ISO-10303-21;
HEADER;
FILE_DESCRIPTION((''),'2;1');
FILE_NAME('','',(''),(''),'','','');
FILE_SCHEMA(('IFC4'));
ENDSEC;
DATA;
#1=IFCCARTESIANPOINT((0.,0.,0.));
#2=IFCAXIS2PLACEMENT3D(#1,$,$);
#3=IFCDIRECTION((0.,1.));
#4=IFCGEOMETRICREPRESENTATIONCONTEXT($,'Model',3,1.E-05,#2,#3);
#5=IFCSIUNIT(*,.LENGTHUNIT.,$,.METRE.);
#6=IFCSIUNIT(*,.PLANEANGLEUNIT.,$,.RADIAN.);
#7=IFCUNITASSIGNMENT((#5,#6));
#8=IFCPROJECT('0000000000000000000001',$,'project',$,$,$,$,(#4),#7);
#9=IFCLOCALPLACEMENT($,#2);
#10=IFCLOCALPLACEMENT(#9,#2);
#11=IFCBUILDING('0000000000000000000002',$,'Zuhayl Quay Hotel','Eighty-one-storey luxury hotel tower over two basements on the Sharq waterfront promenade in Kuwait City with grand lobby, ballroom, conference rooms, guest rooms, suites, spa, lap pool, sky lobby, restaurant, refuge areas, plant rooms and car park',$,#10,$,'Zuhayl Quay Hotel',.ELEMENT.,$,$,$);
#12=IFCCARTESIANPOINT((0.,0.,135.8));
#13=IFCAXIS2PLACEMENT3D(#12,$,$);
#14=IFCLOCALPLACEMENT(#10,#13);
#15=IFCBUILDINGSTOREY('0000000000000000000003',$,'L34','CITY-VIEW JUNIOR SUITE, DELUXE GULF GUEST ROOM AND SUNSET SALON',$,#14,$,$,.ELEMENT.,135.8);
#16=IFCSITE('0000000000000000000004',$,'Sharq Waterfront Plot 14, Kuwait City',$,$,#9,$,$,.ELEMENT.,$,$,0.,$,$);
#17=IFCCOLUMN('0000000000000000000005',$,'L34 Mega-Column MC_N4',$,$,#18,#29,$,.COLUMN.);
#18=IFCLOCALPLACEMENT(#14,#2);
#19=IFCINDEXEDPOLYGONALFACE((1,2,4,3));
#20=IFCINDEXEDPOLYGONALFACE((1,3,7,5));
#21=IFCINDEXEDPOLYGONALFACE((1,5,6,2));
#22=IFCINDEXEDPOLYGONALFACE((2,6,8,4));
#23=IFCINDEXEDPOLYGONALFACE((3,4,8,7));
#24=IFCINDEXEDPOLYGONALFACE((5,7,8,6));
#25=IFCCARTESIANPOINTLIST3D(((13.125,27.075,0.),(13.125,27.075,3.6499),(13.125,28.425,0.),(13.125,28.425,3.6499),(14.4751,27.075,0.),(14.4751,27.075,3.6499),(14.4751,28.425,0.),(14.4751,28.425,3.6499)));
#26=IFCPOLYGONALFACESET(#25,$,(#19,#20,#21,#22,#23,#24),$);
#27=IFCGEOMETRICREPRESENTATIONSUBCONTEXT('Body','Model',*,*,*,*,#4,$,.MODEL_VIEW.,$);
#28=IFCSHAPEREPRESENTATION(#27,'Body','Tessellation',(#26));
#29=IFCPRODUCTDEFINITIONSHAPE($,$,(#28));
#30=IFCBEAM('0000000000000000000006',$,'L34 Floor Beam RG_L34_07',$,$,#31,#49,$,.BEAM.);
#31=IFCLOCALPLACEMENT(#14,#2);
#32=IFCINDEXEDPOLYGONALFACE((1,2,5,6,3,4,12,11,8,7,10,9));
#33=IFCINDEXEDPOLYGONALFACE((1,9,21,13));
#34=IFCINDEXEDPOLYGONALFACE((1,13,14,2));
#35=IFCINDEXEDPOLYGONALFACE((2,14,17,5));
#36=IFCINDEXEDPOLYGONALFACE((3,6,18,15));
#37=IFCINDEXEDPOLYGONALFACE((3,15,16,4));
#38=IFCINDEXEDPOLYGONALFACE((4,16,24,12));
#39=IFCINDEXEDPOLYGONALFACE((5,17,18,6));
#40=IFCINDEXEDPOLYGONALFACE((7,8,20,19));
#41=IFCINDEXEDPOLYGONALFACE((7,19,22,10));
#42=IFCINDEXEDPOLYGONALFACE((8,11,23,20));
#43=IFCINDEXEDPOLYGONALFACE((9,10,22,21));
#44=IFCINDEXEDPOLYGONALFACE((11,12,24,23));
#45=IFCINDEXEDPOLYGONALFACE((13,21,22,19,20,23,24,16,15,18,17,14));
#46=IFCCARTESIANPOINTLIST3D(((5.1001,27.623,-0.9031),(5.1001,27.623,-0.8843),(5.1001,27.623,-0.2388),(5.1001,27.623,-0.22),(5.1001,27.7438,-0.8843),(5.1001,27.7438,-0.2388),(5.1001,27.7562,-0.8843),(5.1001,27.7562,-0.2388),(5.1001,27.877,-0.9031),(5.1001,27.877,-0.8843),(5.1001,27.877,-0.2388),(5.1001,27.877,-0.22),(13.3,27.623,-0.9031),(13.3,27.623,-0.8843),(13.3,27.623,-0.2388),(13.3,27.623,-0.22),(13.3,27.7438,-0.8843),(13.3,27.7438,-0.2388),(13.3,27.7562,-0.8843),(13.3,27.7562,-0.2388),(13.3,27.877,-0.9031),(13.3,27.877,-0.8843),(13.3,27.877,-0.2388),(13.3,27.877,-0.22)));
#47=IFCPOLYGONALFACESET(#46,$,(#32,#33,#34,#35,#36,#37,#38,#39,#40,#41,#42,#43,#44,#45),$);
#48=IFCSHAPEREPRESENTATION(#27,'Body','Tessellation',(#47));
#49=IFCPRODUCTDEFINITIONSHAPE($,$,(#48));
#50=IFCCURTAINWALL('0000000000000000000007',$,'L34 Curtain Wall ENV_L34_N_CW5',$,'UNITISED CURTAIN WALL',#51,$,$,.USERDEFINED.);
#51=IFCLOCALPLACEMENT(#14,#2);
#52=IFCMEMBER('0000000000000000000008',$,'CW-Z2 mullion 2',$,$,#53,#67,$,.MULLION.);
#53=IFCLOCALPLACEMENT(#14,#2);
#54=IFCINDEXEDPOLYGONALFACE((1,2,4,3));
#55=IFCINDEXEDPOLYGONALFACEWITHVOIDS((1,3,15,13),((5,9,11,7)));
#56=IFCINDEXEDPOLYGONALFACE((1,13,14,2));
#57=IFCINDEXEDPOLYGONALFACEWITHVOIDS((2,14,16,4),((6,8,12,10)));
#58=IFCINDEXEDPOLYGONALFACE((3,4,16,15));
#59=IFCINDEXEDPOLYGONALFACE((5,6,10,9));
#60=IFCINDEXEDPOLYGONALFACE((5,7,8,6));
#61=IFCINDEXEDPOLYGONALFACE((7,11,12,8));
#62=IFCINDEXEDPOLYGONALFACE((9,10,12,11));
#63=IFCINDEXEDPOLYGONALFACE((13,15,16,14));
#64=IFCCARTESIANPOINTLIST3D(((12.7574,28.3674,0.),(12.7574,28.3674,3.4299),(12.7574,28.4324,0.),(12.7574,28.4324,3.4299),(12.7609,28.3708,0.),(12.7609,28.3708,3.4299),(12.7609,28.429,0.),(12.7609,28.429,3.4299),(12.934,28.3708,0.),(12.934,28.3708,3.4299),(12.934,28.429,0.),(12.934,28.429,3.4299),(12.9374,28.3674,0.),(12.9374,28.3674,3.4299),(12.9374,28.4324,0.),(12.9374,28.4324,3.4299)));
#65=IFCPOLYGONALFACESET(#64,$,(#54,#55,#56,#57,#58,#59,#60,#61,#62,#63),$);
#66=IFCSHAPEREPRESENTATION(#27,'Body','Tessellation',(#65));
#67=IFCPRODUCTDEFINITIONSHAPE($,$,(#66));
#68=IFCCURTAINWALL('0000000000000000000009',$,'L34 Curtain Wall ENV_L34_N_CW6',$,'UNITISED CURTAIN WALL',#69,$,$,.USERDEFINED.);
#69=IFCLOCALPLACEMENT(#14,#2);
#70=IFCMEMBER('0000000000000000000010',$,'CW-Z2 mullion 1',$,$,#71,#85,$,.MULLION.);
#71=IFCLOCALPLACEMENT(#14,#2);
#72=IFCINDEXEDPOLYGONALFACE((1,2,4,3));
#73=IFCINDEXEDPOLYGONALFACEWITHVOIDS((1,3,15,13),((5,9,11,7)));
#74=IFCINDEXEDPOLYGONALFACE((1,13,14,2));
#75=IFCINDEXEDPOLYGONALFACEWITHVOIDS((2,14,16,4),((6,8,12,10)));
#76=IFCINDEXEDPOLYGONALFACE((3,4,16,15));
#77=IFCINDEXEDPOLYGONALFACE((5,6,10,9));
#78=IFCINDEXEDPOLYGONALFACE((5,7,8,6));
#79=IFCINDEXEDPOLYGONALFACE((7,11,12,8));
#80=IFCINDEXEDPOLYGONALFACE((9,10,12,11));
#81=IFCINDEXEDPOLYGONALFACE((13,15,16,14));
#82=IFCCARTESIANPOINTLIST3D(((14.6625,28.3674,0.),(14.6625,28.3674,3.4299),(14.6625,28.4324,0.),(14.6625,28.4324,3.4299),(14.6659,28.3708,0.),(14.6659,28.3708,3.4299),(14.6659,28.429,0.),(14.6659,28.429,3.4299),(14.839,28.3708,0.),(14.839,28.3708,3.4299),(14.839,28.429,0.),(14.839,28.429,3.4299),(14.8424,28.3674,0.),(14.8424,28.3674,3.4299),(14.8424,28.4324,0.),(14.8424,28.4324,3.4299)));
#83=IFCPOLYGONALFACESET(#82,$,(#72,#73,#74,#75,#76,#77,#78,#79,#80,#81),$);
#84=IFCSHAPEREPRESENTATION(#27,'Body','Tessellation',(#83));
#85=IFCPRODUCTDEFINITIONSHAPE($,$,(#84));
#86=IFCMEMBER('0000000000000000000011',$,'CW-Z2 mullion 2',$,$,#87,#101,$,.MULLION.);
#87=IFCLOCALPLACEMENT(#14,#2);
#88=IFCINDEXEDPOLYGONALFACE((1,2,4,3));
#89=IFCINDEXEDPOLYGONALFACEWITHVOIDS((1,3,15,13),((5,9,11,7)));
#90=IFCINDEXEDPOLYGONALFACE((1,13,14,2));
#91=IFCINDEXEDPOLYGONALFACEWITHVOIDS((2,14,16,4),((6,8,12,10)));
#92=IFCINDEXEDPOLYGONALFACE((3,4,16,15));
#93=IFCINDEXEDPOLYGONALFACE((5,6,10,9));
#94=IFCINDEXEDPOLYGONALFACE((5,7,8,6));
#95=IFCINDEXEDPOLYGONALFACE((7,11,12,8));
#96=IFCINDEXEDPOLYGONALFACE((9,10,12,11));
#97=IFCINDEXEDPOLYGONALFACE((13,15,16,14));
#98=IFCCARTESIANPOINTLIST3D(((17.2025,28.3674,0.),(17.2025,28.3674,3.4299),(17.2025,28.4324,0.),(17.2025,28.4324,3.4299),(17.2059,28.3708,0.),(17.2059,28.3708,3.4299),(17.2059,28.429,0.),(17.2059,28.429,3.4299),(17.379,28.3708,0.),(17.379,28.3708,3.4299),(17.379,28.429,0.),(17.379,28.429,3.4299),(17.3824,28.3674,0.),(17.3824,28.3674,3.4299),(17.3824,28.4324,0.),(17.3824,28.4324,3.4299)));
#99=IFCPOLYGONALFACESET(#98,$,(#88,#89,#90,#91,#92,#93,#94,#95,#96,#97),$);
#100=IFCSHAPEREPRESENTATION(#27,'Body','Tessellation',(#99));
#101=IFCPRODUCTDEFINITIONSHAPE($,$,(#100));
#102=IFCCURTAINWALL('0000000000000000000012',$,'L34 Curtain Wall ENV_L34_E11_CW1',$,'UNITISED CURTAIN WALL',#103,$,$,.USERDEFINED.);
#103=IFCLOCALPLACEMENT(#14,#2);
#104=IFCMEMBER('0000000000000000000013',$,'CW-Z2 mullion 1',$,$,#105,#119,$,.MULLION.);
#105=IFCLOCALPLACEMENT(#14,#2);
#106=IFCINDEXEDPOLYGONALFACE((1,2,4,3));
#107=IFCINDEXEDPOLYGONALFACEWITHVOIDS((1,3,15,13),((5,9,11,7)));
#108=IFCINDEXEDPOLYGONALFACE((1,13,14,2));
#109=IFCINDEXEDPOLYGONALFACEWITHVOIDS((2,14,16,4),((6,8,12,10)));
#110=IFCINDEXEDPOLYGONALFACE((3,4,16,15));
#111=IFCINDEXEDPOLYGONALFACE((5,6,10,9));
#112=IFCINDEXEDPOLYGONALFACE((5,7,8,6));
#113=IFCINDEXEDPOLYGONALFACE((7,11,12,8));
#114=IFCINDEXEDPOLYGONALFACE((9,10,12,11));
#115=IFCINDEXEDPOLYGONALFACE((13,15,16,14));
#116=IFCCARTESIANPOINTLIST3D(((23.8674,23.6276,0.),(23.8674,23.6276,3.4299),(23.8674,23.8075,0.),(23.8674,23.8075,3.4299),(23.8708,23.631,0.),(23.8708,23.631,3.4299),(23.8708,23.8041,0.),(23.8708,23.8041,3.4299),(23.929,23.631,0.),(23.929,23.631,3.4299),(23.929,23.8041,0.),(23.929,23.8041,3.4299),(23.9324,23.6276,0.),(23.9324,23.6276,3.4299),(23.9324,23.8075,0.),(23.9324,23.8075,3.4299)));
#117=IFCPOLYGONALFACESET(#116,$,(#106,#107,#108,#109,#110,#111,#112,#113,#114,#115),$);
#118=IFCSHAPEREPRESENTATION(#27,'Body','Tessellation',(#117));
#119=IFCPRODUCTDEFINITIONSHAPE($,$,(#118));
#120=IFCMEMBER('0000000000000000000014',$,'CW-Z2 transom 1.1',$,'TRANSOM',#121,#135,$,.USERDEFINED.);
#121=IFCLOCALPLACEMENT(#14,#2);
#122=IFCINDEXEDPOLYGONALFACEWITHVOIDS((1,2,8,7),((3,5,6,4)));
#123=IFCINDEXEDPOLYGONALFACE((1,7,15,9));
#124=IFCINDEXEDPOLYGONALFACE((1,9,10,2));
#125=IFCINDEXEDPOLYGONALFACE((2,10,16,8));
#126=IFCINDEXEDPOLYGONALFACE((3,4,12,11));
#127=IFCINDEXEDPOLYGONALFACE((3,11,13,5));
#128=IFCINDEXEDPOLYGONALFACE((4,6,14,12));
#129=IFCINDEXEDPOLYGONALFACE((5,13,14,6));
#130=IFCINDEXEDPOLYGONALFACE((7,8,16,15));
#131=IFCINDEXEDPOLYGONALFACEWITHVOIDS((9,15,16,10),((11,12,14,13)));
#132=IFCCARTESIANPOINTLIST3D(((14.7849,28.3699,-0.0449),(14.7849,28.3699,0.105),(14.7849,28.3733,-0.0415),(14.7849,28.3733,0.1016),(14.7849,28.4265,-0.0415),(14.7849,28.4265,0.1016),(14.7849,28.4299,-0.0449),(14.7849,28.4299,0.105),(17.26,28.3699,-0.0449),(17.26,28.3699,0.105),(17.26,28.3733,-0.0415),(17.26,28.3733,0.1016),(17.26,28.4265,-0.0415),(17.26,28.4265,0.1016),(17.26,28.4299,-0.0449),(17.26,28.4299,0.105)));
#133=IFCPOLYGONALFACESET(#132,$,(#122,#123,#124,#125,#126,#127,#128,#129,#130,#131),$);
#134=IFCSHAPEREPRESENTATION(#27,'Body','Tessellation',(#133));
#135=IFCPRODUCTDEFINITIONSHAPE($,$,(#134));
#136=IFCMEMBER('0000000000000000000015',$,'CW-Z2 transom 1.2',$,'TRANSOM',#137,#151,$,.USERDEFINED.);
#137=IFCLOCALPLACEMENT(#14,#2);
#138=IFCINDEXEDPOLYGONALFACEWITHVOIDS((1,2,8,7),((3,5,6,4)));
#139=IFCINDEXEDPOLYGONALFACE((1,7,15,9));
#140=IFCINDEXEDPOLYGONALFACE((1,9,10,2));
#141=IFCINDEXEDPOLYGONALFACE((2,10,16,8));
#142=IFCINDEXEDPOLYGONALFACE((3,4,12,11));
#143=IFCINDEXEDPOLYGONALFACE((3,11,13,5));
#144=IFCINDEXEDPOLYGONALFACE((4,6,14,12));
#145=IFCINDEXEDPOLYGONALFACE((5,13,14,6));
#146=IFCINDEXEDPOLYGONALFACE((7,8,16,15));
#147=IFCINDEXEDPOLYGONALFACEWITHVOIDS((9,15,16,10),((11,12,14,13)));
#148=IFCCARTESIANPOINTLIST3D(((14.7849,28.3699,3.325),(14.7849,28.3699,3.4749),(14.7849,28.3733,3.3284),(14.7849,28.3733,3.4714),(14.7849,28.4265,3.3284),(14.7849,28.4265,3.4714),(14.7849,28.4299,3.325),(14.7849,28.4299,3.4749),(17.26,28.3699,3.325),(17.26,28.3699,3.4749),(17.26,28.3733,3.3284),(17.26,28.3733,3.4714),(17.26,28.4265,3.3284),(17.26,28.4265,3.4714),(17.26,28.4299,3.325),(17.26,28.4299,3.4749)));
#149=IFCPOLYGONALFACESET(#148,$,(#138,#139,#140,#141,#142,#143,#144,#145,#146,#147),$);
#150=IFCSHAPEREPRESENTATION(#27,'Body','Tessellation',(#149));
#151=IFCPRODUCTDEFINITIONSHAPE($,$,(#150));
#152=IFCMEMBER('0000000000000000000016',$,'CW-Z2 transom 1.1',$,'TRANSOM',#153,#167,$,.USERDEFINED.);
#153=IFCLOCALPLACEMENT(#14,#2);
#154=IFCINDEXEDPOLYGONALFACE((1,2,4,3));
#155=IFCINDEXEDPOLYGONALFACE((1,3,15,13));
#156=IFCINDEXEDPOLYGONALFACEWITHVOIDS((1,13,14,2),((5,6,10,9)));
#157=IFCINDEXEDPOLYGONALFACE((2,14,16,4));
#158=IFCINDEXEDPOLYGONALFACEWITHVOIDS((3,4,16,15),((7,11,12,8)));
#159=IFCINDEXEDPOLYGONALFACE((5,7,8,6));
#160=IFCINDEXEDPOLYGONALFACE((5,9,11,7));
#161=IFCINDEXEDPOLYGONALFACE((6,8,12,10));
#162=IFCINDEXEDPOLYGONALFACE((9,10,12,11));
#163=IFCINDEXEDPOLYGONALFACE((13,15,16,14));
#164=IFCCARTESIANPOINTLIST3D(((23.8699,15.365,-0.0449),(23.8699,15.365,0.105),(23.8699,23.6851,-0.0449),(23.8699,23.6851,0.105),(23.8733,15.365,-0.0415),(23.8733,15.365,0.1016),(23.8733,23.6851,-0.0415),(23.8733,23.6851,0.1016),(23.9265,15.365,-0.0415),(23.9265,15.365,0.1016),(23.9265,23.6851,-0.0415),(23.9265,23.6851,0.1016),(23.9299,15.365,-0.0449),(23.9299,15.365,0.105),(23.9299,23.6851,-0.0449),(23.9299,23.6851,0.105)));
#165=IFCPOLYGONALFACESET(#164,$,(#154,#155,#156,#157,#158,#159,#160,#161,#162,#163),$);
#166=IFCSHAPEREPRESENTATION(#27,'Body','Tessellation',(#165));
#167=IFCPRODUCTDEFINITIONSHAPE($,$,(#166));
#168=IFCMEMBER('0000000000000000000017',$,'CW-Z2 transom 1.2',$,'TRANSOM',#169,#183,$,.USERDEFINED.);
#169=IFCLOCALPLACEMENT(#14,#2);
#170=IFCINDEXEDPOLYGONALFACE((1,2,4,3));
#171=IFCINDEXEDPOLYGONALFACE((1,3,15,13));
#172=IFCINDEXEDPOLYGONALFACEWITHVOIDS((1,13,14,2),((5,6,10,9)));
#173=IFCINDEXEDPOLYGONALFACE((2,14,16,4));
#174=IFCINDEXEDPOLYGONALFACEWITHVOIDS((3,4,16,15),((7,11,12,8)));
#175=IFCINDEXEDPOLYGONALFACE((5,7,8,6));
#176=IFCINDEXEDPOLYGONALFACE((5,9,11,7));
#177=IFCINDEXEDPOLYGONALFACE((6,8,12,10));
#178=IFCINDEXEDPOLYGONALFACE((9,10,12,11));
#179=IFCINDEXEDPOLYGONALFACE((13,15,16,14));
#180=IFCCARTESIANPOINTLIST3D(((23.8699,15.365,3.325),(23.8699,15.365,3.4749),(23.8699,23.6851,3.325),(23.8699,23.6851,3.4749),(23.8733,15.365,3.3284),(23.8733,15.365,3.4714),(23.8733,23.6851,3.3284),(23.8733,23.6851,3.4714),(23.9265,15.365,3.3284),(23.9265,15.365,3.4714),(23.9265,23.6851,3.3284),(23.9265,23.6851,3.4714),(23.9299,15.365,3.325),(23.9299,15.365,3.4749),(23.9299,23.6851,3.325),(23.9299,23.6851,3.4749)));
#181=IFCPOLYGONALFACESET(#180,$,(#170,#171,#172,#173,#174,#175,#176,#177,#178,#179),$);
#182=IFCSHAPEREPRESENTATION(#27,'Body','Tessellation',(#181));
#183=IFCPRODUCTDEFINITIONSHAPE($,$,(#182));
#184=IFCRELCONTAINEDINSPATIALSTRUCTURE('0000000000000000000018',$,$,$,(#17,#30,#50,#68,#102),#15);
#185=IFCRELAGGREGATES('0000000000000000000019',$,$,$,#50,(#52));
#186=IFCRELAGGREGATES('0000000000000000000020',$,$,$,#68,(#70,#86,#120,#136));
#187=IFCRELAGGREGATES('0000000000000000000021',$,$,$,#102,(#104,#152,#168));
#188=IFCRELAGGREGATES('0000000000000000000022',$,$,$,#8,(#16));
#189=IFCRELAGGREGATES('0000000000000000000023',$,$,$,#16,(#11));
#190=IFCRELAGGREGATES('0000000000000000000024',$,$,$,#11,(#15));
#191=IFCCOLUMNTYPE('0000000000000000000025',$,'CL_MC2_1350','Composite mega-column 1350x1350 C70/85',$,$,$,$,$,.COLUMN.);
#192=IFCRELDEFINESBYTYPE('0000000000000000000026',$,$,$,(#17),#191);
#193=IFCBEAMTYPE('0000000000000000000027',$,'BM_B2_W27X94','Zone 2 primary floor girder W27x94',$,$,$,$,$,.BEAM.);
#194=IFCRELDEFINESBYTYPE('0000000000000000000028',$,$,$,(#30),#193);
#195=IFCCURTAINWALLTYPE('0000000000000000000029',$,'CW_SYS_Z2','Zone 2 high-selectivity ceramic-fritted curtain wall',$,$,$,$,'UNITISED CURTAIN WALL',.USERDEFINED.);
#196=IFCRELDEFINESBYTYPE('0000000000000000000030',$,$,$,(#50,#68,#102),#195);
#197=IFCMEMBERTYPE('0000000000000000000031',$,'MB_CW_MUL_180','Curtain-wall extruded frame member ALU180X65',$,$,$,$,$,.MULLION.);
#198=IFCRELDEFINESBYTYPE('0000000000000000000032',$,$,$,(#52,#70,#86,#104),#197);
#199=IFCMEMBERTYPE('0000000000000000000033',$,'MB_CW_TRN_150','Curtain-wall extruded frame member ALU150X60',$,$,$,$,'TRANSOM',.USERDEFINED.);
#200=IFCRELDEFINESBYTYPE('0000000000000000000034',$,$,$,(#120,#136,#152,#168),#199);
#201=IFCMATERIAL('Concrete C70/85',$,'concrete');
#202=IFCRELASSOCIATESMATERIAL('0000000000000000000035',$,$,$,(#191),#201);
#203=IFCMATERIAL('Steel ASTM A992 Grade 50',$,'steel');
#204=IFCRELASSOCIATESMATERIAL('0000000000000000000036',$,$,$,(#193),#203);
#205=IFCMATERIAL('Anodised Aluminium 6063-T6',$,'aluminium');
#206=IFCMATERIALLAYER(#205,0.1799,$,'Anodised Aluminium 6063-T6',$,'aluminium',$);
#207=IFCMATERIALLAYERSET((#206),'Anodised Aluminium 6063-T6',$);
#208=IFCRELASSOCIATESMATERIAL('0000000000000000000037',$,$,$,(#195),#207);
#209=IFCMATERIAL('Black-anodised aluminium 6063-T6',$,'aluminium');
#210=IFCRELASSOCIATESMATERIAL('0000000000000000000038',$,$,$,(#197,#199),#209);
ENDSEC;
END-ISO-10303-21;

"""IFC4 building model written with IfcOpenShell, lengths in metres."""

from ifc_helpers import new_model, si_unit, direction, frame, origin, origin_2d, place, context, subcontext, project, spatial, rectangle, hollow_rectangle, i_section, extrude, material, layer, layer_set, material_profile, profile_set, type_object, element, aggregate, save


model = new_model("IFC4")

# Units and contexts
model_context = context("Model", 3, precision=1e-05, world=origin(), true_north=direction((0.0, 1.0)))
body_context = subcontext(model_context, "Body", "Model", "MODEL_VIEW")
ifc_project = project(units=[si_unit("LENGTHUNIT", "METRE"), si_unit("PLANEANGLEUNIT", "RADIAN")], contexts=[model_context])

# Site, building, storey
site_placement = place(None, origin())
site = spatial("IfcSite", under=ifc_project, at=site_placement, Name="Sharq Waterfront Plot 14, Kuwait City", CompositionType="ELEMENT", RefElevation=0.0)
building_placement = place(site_placement, origin())
building = spatial("IfcBuilding", under=site, at=building_placement, Name="Zuhayl Quay Hotel", Description="Eighty-one-storey luxury hotel tower over two basements on the Sharq waterfront promenade in Kuwait City with grand lobby, ballroom, conference rooms, guest rooms, suites, spa, lap pool, sky lobby, restaurant, refuge areas, plant rooms and car park", LongName="Zuhayl Quay Hotel", CompositionType="ELEMENT")
storey_placement = place(building_placement, frame((0.0, 0.0, 135.8)))
storey = spatial("IfcBuildingStorey", under=building, at=storey_placement, Name="L34", Description="CITY-VIEW JUNIOR SUITE, DELUXE GULF GUEST ROOM AND SUNSET SALON", CompositionType="ELEMENT", Elevation=135.8)

# Column
ifc_material_1 = material(Name="Concrete C70/85", Category="concrete")
ifc_material_profile_1 = material_profile(ifc_material_1, rectangle(XDim=1.3501, YDim=1.3501, at=origin_2d()), Name="RC1350X1350")
ifc_profile_set_1 = profile_set([ifc_material_profile_1], Name="Concrete C70/85")
column_type = type_object("IfcColumnType", Name="CL_MC2_1350", Description="Composite mega-column 1350x1350 C70/85", PredefinedType="COLUMN", material=ifc_profile_set_1)
column_placement = place(storey_placement, frame((13.8, 27.75, 0.0), z_axis=(0.0, 0.0, 1.0), x_axis=(1.0, 0.0, 0.0)))
element("IfcColumn", 1, at=column_placement, inside=storey, type_object=column_type, Name="L34 Mega-Column MC_N4", PredefinedType="COLUMN", context=body_context, shape_type="SweptSolid", body=[
    extrude(rectangle(XDim=1.3501, YDim=1.3501, at=origin_2d()), origin(), (0.0, 0.0, 1.0), 3.6499),
])

# Beam
ifc_material_2 = material(Name="Steel ASTM A992 Grade 50", Category="steel")
ifc_material_profile_2 = material_profile(ifc_material_2, i_section(OverallWidth=0.2539, OverallDepth=0.6831, WebThickness=0.0125, FlangeThickness=0.0188, at=origin_2d()), Name="W27X94")
ifc_profile_set_2 = profile_set([ifc_material_profile_2], Name="Steel ASTM A992 Grade 50")
beam_type = type_object("IfcBeamType", Name="BM_B2_W27X94", Description="Zone 2 primary floor girder W27x94", PredefinedType="BEAM", material=ifc_profile_set_2)
beam_placement = place(storey_placement, frame((13.3, 27.75, -0.5615), z_axis=(-1.0, 0.0, 0.0), x_axis=(0.0, -1.0, 0.0)))
element("IfcBeam", 2, at=beam_placement, inside=storey, type_object=beam_type, Name="L34 Floor Beam RG_L34_07", PredefinedType="BEAM", context=body_context, shape_type="SweptSolid", body=[
    extrude(i_section(OverallWidth=0.2539, OverallDepth=0.6831, WebThickness=0.0125, FlangeThickness=0.0188, at=origin_2d()), origin(), (0.0, 0.0, 1.0), 8.2),
])

# Curtain wall, member
ifc_material_3 = material(Name="Anodised Aluminium 6063-T6", Category="aluminium")
ifc_layer_1 = layer(ifc_material_3, 0.1799, Name="Anodised Aluminium 6063-T6", Category="aluminium")
ifc_layer_set_1 = layer_set([ifc_layer_1], Name="Anodised Aluminium 6063-T6")
curtain_wall_type = type_object("IfcCurtainWallType", Name="CW_SYS_Z2", Description="Zone 2 high-selectivity ceramic-fritted curtain wall", ElementType="UNITISED CURTAIN WALL", PredefinedType="USERDEFINED", material=ifc_layer_set_1)
curtain_wall_1_placement = place(storey_placement, origin())
curtain_wall_1 = element("IfcCurtainWall", 3, at=curtain_wall_1_placement, inside=storey, type_object=curtain_wall_type, Name="L34 Curtain Wall ENV_L34_N_CW5", ObjectType="UNITISED CURTAIN WALL", PredefinedType="USERDEFINED")
ifc_material_4 = material(Name="Black-anodised aluminium 6063-T6", Category="aluminium")
ifc_material_profile_3 = material_profile(ifc_material_4, hollow_rectangle(XDim=0.0649, YDim=0.1799, WallThickness=0.0034, at=origin_2d()), Name="ALU180X65")
ifc_profile_set_3 = profile_set([ifc_material_profile_3], Name="Black-anodised aluminium 6063-T6")
member_type_1 = type_object("IfcMemberType", Name="MB_CW_MUL_180", Description="Curtain-wall extruded frame member ALU180X65", PredefinedType="MULLION", material=ifc_profile_set_3)
member_1_placement = place(storey_placement, frame((12.8474, 28.3999, 0.0), z_axis=(0.0, 0.0, 1.0), x_axis=(0.0, 1.0, 0.0)))
member_1 = element("IfcMember", 4, at=member_1_placement, type_object=member_type_1, Name="CW-Z2 mullion 2", PredefinedType="MULLION", context=body_context, shape_type="SweptSolid", body=[
    extrude(hollow_rectangle(XDim=0.0649, YDim=0.1799, WallThickness=0.0034, at=origin_2d()), origin(), (0.0, 0.0, 1.0), 3.4299),
])
aggregate(curtain_wall_1, [member_1])

# Curtain wall, members
curtain_wall_2_placement = place(storey_placement, origin())
curtain_wall_2 = element("IfcCurtainWall", 5, at=curtain_wall_2_placement, inside=storey, type_object=curtain_wall_type, Name="L34 Curtain Wall ENV_L34_N_CW6", ObjectType="UNITISED CURTAIN WALL", PredefinedType="USERDEFINED")
member_2_placement = place(storey_placement, frame((14.7524, 28.3999, 0.0), z_axis=(0.0, 0.0, 1.0), x_axis=(0.0, 1.0, 0.0)))
member_2 = element("IfcMember", 6, at=member_2_placement, type_object=member_type_1, Name="CW-Z2 mullion 1", PredefinedType="MULLION", context=body_context, shape_type="SweptSolid", body=[
    extrude(hollow_rectangle(XDim=0.0649, YDim=0.1799, WallThickness=0.0034, at=origin_2d()), origin(), (0.0, 0.0, 1.0), 3.4299),
])
member_3_placement = place(storey_placement, frame((17.2925, 28.3999, 0.0), z_axis=(0.0, 0.0, 1.0), x_axis=(0.0, 1.0, 0.0)))
member_3 = element("IfcMember", 7, at=member_3_placement, type_object=member_type_1, Name="CW-Z2 mullion 2", PredefinedType="MULLION", context=body_context, shape_type="SweptSolid", body=[
    extrude(hollow_rectangle(XDim=0.0649, YDim=0.1799, WallThickness=0.0034, at=origin_2d()), origin(), (0.0, 0.0, 1.0), 3.4299),
])

# Curtain wall, member
curtain_wall_3_placement = place(storey_placement, origin())
curtain_wall_3 = element("IfcCurtainWall", 8, at=curtain_wall_3_placement, inside=storey, type_object=curtain_wall_type, Name="L34 Curtain Wall ENV_L34_E11_CW1", ObjectType="UNITISED CURTAIN WALL", PredefinedType="USERDEFINED")
member_4_placement = place(storey_placement, frame((23.8999, 23.7175, 0.0), z_axis=(0.0, 0.0, 1.0), x_axis=(1.0, 0.0, 0.0)))
member_4 = element("IfcMember", 9, at=member_4_placement, type_object=member_type_1, Name="CW-Z2 mullion 1", PredefinedType="MULLION", context=body_context, shape_type="SweptSolid", body=[
    extrude(hollow_rectangle(XDim=0.0649, YDim=0.1799, WallThickness=0.0034, at=origin_2d()), origin(), (0.0, 0.0, 1.0), 3.4299),
])

# Members
ifc_material_profile_4 = material_profile(ifc_material_4, hollow_rectangle(XDim=0.0601, YDim=0.1499, WallThickness=0.0034, at=origin_2d()), Name="ALU150X60")
ifc_profile_set_4 = profile_set([ifc_material_profile_4], Name="Black-anodised aluminium 6063-T6")
member_type_2 = type_object("IfcMemberType", Name="MB_CW_TRN_150", Description="Curtain-wall extruded frame member ALU150X60", ElementType="TRANSOM", PredefinedType="USERDEFINED", material=ifc_profile_set_4)
member_5_placement = place(storey_placement, frame((14.7849, 28.3999, 0.03), z_axis=(1.0, 0.0, 0.0), x_axis=(0.0, 1.0, 0.0)))
member_5 = element("IfcMember", 10, at=member_5_placement, type_object=member_type_2, Name="CW-Z2 transom 1.1", ObjectType="TRANSOM", PredefinedType="USERDEFINED", context=body_context, shape_type="SweptSolid", body=[
    extrude(hollow_rectangle(XDim=0.0601, YDim=0.1499, WallThickness=0.0034, at=origin_2d()), origin(), (0.0, 0.0, 1.0), 2.4751),
])
member_6_placement = place(storey_placement, frame((14.7849, 28.3999, 3.3999), z_axis=(1.0, 0.0, 0.0), x_axis=(0.0, 1.0, 0.0)))
member_6 = element("IfcMember", 11, at=member_6_placement, type_object=member_type_2, Name="CW-Z2 transom 1.2", ObjectType="TRANSOM", PredefinedType="USERDEFINED", context=body_context, shape_type="SweptSolid", body=[
    extrude(hollow_rectangle(XDim=0.0601, YDim=0.1499, WallThickness=0.0034, at=origin_2d()), origin(), (0.0, 0.0, 1.0), 2.4751),
])
member_7_placement = place(storey_placement, frame((23.8999, 23.6851, 0.03), z_axis=(0.0, -1.0, 0.0), x_axis=(1.0, 0.0, 0.0)))
member_7 = element("IfcMember", 12, at=member_7_placement, type_object=member_type_2, Name="CW-Z2 transom 1.1", ObjectType="TRANSOM", PredefinedType="USERDEFINED", context=body_context, shape_type="SweptSolid", body=[
    extrude(hollow_rectangle(XDim=0.0601, YDim=0.1499, WallThickness=0.0034, at=origin_2d()), origin(), (0.0, 0.0, 1.0), 8.3201),
])
member_8_placement = place(storey_placement, frame((23.8999, 23.6851, 3.3999), z_axis=(0.0, -1.0, 0.0), x_axis=(1.0, 0.0, 0.0)))
member_8 = element("IfcMember", 13, at=member_8_placement, type_object=member_type_2, Name="CW-Z2 transom 1.2", ObjectType="TRANSOM", PredefinedType="USERDEFINED", context=body_context, shape_type="SweptSolid", body=[
    extrude(hollow_rectangle(XDim=0.0601, YDim=0.1499, WallThickness=0.0034, at=origin_2d()), origin(), (0.0, 0.0, 1.0), 8.3201),
])

aggregate(curtain_wall_2, [member_2, member_3, member_5, member_6])
aggregate(curtain_wall_3, [member_4, member_7, member_8])

save(model, "model.ifc")
